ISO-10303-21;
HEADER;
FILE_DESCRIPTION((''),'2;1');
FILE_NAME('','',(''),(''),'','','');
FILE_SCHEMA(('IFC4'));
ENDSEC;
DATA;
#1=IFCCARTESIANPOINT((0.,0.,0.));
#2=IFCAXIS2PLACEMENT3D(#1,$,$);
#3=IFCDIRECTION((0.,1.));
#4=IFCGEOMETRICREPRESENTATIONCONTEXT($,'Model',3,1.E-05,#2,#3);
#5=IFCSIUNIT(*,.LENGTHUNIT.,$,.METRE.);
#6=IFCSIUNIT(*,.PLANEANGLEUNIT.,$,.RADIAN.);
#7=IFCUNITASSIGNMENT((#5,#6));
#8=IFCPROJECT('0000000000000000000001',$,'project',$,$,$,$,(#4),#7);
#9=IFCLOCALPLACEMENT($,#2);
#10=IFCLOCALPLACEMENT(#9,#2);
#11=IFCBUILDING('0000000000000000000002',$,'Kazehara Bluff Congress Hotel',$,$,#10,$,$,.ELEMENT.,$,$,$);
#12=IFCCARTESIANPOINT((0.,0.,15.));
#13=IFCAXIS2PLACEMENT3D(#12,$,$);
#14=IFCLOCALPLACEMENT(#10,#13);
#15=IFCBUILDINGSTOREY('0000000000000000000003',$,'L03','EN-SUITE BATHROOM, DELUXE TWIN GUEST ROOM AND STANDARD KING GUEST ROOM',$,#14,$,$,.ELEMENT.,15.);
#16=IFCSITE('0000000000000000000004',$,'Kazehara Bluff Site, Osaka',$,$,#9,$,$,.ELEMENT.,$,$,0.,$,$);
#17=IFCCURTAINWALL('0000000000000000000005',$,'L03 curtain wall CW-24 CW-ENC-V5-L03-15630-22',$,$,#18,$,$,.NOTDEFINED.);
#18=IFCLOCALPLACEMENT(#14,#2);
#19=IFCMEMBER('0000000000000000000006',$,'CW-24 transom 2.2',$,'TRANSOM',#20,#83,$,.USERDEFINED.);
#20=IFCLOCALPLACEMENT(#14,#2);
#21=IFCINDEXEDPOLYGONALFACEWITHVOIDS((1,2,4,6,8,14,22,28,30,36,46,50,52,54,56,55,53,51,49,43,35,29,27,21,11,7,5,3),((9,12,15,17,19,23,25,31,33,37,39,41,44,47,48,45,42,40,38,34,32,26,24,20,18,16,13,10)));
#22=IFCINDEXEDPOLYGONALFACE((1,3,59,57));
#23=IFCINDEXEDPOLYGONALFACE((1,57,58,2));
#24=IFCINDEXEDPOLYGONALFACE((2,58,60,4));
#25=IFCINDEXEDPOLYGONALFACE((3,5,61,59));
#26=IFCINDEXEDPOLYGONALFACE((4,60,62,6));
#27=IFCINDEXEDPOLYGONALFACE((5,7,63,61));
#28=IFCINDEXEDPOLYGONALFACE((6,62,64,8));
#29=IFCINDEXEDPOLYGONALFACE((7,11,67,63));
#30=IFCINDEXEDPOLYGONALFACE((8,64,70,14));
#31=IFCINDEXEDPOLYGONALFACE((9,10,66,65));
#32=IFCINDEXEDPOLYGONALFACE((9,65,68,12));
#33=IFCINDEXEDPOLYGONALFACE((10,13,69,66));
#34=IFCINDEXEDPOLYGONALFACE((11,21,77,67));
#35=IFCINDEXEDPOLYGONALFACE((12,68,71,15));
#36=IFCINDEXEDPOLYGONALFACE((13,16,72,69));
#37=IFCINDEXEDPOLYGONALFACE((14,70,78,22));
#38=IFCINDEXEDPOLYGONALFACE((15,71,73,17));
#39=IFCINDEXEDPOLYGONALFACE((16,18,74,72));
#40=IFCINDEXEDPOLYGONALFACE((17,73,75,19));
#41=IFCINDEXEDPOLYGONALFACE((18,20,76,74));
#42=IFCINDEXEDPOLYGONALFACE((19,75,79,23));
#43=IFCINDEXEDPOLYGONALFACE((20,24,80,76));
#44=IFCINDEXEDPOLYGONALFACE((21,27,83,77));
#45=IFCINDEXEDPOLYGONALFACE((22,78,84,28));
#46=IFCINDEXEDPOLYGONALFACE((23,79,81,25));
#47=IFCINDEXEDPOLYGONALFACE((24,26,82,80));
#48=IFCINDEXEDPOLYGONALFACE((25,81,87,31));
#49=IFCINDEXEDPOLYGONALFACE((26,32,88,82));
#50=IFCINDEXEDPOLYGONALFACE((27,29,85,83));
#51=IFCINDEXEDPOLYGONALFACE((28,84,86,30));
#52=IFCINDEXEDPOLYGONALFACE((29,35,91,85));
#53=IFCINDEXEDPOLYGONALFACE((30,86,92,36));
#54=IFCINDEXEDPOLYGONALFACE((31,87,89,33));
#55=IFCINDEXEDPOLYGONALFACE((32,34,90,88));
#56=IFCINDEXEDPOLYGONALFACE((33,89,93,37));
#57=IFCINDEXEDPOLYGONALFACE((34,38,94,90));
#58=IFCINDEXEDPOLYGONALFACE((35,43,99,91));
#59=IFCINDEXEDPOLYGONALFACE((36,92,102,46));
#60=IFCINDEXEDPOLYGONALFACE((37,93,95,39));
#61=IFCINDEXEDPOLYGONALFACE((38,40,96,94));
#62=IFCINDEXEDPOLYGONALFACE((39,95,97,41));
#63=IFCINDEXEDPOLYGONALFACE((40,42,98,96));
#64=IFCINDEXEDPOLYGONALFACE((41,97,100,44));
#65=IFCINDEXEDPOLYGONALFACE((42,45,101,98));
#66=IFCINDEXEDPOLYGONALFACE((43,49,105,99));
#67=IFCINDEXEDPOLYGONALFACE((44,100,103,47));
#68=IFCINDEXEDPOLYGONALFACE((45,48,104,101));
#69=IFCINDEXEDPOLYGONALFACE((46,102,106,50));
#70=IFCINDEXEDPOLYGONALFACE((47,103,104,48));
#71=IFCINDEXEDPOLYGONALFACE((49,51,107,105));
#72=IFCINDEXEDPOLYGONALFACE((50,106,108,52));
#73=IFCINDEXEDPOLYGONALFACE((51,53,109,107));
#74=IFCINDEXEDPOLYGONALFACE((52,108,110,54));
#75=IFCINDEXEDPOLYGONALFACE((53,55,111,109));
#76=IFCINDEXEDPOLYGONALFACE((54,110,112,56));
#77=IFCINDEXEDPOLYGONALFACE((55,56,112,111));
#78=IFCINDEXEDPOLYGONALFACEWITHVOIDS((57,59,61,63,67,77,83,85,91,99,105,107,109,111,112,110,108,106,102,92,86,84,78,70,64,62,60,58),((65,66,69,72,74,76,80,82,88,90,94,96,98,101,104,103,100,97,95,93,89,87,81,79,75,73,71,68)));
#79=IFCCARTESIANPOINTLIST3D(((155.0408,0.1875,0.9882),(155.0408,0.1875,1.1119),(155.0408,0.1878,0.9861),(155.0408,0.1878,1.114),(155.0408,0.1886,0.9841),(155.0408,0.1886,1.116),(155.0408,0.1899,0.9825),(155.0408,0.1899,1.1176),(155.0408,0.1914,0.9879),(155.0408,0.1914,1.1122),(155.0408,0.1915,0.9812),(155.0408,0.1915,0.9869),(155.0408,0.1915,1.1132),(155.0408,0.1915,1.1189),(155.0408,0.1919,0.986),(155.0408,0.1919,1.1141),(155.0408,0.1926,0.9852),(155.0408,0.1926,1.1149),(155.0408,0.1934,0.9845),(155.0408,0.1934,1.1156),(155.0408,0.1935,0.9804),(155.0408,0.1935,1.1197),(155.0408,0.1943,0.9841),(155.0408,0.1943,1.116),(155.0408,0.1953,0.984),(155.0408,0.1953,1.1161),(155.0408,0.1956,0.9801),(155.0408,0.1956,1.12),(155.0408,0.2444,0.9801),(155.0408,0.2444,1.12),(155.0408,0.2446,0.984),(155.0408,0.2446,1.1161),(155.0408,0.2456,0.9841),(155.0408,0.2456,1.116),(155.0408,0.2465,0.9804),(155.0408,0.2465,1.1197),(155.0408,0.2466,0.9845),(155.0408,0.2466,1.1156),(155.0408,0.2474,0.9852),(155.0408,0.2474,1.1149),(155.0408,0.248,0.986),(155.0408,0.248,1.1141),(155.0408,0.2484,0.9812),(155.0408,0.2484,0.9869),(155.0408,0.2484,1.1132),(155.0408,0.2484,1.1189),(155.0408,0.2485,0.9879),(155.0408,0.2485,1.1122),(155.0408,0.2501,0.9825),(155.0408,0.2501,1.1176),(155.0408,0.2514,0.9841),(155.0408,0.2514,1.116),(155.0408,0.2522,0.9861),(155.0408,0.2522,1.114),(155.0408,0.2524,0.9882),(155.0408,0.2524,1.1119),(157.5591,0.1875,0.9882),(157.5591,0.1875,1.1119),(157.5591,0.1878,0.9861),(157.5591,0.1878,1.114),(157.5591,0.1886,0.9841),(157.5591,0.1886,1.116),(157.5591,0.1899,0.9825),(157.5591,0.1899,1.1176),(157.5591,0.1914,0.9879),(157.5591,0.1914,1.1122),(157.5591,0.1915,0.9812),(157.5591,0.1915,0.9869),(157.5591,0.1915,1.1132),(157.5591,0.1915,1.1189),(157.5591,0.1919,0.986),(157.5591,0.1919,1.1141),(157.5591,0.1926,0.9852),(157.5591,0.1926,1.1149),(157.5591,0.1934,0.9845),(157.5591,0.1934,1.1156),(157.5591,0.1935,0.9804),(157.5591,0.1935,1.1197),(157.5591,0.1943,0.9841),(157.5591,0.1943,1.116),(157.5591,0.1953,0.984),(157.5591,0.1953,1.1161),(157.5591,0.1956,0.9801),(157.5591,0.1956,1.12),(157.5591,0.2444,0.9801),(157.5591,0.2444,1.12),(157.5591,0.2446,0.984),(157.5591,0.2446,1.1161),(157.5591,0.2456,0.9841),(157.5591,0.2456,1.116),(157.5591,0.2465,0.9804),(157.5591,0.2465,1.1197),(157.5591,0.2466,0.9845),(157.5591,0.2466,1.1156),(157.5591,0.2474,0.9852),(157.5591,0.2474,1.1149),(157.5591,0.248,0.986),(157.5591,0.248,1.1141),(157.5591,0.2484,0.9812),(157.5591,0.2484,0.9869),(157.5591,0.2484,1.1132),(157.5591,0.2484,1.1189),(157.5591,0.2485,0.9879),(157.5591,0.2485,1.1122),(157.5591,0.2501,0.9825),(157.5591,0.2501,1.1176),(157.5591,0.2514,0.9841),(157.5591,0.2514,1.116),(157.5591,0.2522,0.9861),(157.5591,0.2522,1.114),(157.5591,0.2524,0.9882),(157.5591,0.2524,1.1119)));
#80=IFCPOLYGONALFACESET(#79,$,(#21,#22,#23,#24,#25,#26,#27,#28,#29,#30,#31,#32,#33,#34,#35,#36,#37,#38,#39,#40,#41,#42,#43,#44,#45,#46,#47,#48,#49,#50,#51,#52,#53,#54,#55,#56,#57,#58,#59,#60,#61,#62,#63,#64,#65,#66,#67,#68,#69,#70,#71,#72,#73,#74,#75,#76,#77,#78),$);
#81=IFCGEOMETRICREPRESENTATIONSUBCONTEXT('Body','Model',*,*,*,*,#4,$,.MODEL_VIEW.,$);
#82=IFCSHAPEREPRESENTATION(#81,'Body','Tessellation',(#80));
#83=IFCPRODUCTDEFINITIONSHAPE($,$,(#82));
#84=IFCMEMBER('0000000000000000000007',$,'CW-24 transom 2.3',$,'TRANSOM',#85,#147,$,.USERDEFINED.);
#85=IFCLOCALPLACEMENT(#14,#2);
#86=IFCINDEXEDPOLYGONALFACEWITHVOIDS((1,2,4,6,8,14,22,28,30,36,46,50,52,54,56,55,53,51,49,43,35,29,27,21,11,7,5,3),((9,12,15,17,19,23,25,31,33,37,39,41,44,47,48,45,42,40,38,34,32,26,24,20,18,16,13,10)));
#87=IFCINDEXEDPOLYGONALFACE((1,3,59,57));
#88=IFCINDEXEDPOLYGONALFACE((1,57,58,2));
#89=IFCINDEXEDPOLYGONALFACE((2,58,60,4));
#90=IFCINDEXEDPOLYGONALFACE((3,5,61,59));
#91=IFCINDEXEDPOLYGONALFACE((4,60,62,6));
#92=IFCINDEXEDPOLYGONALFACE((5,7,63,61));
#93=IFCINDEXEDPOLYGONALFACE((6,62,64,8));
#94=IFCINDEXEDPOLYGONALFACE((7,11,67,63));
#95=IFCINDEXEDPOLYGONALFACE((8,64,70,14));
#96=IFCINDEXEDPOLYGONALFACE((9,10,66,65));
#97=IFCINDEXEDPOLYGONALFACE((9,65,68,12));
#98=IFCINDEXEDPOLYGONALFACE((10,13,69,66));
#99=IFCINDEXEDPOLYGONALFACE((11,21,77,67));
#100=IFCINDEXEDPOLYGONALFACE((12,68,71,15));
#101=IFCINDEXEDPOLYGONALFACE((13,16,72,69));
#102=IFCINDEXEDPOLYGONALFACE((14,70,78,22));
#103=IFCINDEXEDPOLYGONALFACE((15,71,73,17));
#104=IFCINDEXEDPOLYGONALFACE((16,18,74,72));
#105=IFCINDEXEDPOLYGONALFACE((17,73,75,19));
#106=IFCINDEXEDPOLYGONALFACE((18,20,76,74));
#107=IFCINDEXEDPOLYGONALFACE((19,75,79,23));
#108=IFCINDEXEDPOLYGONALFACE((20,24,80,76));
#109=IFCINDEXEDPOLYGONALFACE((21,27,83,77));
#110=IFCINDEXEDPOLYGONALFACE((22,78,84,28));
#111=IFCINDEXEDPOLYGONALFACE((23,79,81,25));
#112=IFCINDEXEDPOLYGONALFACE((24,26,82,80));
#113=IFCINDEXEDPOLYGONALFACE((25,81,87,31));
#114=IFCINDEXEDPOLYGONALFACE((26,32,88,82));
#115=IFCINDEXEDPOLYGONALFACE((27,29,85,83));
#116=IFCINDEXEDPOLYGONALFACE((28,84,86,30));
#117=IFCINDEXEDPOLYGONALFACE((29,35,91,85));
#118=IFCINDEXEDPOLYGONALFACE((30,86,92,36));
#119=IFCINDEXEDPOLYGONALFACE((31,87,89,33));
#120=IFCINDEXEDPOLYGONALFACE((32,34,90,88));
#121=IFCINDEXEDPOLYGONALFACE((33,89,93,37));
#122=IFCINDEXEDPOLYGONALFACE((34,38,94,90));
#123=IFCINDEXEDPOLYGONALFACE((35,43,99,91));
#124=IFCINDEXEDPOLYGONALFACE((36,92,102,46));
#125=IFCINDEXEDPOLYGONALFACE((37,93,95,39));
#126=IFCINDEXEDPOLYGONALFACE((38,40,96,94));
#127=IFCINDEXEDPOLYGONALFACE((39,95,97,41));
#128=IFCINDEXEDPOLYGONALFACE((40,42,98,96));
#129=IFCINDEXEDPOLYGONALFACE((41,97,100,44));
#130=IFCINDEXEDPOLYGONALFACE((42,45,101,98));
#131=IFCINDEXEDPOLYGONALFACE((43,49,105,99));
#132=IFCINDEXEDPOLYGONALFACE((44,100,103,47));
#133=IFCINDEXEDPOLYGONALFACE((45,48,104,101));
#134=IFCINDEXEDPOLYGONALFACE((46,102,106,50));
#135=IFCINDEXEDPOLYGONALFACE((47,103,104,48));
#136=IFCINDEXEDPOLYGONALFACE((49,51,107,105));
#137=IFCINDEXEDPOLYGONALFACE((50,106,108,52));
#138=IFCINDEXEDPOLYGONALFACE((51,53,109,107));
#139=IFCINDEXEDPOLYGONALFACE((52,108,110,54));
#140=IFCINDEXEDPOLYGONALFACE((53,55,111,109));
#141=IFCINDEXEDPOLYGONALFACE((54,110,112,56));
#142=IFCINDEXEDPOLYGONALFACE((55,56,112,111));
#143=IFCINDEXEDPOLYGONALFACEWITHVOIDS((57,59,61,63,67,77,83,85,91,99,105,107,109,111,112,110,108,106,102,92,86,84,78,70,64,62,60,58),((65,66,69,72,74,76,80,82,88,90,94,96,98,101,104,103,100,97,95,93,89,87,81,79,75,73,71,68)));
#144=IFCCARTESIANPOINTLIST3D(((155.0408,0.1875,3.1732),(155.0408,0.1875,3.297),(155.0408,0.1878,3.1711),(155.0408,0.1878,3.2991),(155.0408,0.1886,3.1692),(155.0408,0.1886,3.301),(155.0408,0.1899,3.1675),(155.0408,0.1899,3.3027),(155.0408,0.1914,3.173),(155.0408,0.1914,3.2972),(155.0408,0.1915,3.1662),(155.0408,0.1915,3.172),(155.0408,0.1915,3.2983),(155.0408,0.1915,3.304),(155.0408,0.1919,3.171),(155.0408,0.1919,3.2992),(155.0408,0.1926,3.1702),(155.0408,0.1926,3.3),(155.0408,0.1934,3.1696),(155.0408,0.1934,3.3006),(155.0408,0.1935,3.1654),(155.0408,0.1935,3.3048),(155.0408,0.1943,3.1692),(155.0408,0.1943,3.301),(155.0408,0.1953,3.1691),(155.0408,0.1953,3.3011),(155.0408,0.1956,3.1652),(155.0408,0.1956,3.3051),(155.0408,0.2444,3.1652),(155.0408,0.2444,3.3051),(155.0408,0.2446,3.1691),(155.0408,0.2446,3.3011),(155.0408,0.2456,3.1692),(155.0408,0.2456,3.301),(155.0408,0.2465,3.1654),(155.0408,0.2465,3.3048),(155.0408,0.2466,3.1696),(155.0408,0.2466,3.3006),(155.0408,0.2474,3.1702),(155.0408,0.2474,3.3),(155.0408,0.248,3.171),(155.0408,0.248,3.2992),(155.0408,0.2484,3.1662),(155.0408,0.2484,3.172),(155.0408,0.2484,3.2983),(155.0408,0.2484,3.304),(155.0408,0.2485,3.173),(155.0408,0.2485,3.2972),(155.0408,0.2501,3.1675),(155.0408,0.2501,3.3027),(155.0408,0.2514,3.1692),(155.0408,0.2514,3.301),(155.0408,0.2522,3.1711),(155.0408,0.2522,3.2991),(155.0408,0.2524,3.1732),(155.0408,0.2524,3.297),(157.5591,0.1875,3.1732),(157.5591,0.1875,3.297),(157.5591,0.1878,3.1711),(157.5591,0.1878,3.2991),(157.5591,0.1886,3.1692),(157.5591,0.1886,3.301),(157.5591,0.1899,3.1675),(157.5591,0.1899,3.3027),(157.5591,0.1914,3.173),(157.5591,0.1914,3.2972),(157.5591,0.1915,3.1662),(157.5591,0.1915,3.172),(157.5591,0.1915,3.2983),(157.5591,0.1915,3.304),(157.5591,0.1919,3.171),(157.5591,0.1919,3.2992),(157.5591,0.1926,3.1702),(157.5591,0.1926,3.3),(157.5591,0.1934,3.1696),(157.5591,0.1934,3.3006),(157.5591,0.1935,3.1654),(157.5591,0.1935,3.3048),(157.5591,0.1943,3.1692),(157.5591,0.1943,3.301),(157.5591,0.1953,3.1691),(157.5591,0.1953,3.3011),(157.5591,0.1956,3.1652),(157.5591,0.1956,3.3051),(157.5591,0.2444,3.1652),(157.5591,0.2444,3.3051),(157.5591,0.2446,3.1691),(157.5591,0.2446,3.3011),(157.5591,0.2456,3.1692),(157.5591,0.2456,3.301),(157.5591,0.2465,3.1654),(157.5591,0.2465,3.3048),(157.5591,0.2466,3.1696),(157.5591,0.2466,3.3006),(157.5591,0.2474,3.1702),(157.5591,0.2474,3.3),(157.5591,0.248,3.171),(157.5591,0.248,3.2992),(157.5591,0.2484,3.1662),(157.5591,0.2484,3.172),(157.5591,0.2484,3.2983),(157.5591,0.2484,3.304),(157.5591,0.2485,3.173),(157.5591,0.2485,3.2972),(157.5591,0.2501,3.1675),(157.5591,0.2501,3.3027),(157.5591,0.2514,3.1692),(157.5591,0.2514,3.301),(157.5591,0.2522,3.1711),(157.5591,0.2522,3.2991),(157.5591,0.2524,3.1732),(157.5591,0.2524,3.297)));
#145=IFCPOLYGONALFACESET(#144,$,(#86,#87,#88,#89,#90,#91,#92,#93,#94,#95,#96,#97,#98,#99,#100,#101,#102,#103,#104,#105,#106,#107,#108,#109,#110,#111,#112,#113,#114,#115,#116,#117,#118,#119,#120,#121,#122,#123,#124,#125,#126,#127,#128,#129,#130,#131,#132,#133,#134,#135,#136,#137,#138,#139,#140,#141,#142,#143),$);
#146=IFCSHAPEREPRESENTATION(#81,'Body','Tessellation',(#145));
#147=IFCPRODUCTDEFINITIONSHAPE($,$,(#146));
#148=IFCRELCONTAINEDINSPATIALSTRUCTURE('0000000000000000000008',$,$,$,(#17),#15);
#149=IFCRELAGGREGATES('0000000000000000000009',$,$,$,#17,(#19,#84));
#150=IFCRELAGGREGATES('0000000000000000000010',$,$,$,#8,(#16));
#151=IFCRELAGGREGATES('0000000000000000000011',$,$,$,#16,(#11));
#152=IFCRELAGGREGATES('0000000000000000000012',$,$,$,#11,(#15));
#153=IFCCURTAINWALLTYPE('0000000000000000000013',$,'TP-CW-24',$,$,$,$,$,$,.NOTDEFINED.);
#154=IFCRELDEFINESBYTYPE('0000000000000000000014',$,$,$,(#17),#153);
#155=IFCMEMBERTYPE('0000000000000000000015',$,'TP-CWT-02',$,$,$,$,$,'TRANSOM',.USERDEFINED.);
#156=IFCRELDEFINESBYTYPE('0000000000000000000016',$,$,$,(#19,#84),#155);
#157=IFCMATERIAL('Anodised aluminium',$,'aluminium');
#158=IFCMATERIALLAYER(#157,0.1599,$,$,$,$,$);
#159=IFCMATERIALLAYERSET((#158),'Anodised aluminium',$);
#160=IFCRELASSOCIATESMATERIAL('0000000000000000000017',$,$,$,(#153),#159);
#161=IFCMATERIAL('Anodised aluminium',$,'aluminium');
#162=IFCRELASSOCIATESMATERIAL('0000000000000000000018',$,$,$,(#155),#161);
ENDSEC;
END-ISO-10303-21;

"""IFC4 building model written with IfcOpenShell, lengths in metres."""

from ifc_helpers import new_model, si_unit, direction, frame, origin, origin_2d, place, context, subcontext, project, spatial, hollow_rectangle, extrude, material, layer, layer_set, material_profile, profile_set, type_object, element, aggregate, save


model = new_model("IFC4")

# Units and contexts
model_context = context("Model", 3, precision=1e-05, world=origin(), true_north=direction((0.0, 1.0)))
body_context = subcontext(model_context, "Body", "Model", "MODEL_VIEW")
ifc_project = project(units=[si_unit("LENGTHUNIT", "METRE"), si_unit("PLANEANGLEUNIT", "RADIAN")], contexts=[model_context])

# Site, building, storey
site_placement = place(None, origin())
site = spatial("IfcSite", under=ifc_project, at=site_placement, Name="Kazehara Bluff Site, Osaka", CompositionType="ELEMENT", RefElevation=0.0)
building_placement = place(site_placement, origin())
building = spatial("IfcBuilding", under=site, at=building_placement, Name="Kazehara Bluff Congress Hotel", CompositionType="ELEMENT")
storey_placement = place(building_placement, frame((0.0, 0.0, 15.0)))
storey = spatial("IfcBuildingStorey", under=building, at=storey_placement, Name="L03", Description="EN-SUITE BATHROOM, DELUXE TWIN GUEST ROOM AND STANDARD KING GUEST ROOM", CompositionType="ELEMENT", Elevation=15.0)

# Curtain wall
ifc_material_1 = material(Name="Anodised aluminium", Category="aluminium")
ifc_layer_1 = layer(ifc_material_1, 0.1599)
ifc_layer_set_1 = layer_set([ifc_layer_1], Name="Anodised aluminium")
curtain_wall_type_1 = type_object("IfcCurtainWallType", Name="TP-CW-24", PredefinedType="NOTDEFINED", material=ifc_layer_set_1)
curtain_wall_1_placement = place(storey_placement, origin())
curtain_wall_1 = element("IfcCurtainWall", 1, at=curtain_wall_1_placement, inside=storey, type_object=curtain_wall_type_1, Name="L03 curtain wall CW-24 CW-ENC-V5-L03-15630-22", PredefinedType="NOTDEFINED")

# Members
ifc_material_2 = material(Name="Anodised aluminium", Category="aluminium")
ifc_material_profile_1 = material_profile(ifc_material_2, hollow_rectangle(XDim=0.0649, YDim=0.1399, WallThickness=0.0039, InnerFilletRadius=0.0039, OuterFilletRadius=0.0081, at=origin_2d()))
ifc_profile_set_1 = profile_set([ifc_material_profile_1], Name="Anodised aluminium")
member_type_1 = type_object("IfcMemberType", Name="TP-CWT-02", ElementType="TRANSOM", PredefinedType="USERDEFINED", material=ifc_profile_set_1)
member_1_placement = place(storey_placement, frame((157.5591, 0.22, 1.05), z_axis=(-1.0, 0.0, 0.0), x_axis=(0.0, -1.0, 0.0)))
member_1 = element("IfcMember", 2, at=member_1_placement, type_object=member_type_1, Name="CW-24 transom 2.2", ObjectType="TRANSOM", PredefinedType="USERDEFINED", context=body_context, shape_type="SweptSolid", body=[
    extrude(hollow_rectangle(XDim=0.0649, YDim=0.1399, WallThickness=0.0039, InnerFilletRadius=0.0039, OuterFilletRadius=0.0081, at=origin_2d()), origin(), (0.0, 0.0, 1.0), 2.5183),
])
member_2_placement = place(storey_placement, frame((157.5591, 0.22, 3.2351), z_axis=(-1.0, 0.0, 0.0), x_axis=(0.0, -1.0, 0.0)))
member_2 = element("IfcMember", 3, at=member_2_placement, type_object=member_type_1, Name="CW-24 transom 2.3", ObjectType="TRANSOM", PredefinedType="USERDEFINED", context=body_context, shape_type="SweptSolid", body=[
    extrude(hollow_rectangle(XDim=0.0649, YDim=0.1399, WallThickness=0.0039, InnerFilletRadius=0.0039, OuterFilletRadius=0.0081, at=origin_2d()), origin(), (0.0, 0.0, 1.0), 2.5183),
])

aggregate(curtain_wall_1, [member_1, member_2])

save(model, "model.ifc")
